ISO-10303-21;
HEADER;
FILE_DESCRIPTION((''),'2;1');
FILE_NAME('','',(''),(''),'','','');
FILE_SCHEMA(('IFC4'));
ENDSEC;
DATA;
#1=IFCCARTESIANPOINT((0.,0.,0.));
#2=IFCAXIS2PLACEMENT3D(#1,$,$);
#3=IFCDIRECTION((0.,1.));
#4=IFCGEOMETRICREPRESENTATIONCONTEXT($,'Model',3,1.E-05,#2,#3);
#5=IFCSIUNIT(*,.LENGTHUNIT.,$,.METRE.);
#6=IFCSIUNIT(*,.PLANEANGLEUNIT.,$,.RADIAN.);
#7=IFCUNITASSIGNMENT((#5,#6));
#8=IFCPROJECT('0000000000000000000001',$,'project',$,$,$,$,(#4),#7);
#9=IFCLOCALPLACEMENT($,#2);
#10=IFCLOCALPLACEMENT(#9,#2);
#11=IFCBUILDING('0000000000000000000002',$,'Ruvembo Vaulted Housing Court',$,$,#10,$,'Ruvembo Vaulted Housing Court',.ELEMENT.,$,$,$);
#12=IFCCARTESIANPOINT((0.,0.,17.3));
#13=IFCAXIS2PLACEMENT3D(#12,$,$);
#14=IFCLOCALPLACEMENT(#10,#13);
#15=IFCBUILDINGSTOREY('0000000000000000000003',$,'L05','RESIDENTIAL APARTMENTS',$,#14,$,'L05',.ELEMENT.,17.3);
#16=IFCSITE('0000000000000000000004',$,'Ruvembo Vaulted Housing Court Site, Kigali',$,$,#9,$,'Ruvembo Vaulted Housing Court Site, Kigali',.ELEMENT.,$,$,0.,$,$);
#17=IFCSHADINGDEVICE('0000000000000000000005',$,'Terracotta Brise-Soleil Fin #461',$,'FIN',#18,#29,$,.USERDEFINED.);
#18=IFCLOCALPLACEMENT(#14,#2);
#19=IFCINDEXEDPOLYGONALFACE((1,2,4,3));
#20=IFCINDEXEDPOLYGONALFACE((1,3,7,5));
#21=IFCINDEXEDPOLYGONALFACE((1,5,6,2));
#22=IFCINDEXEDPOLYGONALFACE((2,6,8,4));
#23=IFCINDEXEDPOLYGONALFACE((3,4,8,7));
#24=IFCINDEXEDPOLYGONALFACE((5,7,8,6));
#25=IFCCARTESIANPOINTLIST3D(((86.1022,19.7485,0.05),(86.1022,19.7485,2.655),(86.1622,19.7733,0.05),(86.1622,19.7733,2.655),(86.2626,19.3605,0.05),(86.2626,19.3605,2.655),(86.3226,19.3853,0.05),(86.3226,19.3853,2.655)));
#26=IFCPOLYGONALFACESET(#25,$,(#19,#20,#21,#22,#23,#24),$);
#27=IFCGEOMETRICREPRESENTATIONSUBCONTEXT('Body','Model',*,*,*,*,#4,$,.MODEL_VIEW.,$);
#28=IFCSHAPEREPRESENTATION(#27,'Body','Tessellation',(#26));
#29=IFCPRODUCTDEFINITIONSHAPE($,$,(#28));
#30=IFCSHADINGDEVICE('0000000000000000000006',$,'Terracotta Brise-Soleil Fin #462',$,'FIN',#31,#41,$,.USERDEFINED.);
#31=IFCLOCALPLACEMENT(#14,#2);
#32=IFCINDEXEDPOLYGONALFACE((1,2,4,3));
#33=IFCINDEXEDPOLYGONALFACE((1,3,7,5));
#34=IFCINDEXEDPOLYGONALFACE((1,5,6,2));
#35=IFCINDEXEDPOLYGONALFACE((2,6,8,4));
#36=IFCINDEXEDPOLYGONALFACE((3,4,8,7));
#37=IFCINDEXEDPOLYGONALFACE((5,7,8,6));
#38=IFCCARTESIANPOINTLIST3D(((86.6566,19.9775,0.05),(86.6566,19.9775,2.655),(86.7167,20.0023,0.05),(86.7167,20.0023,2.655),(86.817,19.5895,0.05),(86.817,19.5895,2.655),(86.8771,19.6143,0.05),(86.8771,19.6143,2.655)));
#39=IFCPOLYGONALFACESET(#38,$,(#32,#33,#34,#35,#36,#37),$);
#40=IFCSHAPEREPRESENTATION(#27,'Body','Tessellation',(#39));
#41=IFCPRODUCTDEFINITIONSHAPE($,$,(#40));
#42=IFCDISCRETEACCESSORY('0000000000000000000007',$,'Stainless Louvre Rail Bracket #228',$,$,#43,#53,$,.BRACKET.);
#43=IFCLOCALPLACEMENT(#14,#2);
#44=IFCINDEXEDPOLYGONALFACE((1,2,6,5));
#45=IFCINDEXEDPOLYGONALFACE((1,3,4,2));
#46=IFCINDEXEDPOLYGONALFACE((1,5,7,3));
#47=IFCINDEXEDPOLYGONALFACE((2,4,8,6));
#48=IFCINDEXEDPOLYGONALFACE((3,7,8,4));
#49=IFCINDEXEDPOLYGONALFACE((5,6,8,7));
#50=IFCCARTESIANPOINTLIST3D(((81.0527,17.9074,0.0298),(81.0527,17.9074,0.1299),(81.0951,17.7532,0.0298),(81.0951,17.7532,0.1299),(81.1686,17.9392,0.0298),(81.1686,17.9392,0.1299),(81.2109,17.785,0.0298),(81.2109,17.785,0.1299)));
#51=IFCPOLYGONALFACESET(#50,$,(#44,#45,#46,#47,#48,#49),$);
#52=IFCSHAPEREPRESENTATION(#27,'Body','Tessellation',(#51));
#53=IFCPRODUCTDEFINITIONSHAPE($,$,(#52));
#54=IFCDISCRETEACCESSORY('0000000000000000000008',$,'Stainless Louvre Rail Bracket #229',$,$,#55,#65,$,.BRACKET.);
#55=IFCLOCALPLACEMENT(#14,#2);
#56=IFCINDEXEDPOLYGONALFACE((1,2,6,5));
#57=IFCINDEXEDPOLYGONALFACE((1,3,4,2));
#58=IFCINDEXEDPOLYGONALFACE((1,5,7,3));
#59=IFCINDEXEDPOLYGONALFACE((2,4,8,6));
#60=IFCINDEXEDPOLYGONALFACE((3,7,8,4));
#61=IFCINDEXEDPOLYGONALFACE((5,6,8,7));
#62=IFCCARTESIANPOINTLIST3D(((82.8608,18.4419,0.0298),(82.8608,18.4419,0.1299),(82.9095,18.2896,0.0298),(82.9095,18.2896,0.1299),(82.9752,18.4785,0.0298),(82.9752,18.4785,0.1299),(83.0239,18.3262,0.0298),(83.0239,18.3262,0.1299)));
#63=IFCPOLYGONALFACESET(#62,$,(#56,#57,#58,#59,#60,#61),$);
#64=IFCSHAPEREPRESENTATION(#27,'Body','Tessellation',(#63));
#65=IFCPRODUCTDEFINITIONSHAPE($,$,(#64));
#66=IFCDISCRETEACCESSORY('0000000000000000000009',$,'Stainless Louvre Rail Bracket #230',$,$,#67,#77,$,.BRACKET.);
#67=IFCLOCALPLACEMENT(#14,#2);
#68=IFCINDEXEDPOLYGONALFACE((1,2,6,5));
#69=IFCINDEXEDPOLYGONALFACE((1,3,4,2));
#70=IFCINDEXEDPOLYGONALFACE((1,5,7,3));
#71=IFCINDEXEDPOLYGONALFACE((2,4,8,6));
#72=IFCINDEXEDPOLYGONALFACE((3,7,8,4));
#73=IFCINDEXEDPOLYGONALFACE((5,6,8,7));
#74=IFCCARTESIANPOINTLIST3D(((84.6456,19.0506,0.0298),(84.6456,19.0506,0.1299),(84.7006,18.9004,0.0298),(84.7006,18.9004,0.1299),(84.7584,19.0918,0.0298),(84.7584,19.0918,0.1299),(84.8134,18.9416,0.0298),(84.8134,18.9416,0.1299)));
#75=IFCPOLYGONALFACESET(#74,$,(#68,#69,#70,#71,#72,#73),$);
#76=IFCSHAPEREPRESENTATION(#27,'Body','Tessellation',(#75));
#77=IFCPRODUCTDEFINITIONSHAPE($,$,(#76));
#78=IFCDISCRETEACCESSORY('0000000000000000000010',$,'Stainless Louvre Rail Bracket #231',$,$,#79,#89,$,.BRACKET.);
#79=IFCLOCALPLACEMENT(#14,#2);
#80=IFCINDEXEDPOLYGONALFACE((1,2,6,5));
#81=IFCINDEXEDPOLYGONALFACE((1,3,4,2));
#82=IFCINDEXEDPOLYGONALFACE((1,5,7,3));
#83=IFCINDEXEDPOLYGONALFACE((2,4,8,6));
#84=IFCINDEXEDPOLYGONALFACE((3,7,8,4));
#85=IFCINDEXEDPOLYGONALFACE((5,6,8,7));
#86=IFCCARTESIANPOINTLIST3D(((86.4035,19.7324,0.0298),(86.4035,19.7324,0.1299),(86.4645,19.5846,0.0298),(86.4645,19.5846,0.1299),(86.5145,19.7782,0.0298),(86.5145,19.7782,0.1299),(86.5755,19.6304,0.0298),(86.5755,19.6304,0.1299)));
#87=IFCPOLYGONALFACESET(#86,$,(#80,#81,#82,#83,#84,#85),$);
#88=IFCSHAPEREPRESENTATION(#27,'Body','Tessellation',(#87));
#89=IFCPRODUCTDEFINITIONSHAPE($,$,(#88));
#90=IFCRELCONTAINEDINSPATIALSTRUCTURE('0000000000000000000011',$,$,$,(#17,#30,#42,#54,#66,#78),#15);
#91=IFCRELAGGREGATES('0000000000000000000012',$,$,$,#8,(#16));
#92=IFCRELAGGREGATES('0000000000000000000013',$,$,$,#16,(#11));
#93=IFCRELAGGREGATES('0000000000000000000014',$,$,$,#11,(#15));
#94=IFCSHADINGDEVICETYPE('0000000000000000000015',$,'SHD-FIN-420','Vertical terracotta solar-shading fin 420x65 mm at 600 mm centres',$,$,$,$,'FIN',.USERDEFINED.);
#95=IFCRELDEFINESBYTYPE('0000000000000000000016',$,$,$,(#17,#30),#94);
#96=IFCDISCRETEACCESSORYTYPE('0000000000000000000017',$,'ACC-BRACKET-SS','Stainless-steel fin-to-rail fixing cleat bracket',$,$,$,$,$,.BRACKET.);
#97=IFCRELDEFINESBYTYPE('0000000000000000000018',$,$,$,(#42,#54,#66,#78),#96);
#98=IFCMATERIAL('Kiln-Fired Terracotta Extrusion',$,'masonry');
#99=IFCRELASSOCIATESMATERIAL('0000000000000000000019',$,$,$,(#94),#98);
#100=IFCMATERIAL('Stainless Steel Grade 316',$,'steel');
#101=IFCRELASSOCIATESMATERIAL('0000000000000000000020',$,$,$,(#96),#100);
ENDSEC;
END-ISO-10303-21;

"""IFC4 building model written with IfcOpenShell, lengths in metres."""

from ifc_helpers import new_model, si_unit, direction, frame, origin, origin_2d, place, context, subcontext, project, spatial, rectangle, extrude, material, type_object, element, save


model = new_model("IFC4")

# Units and contexts
model_context = context("Model", 3, precision=1e-05, world=origin(), true_north=direction((0.0, 1.0)))
body_context = subcontext(model_context, "Body", "Model", "MODEL_VIEW")
ifc_project = project(units=[si_unit("LENGTHUNIT", "METRE"), si_unit("PLANEANGLEUNIT", "RADIAN")], contexts=[model_context])

# Site, building, storey
site_placement = place(None, origin())
site = spatial("IfcSite", under=ifc_project, at=site_placement, Name="Ruvembo Vaulted Housing Court Site, Kigali", LongName="Ruvembo Vaulted Housing Court Site, Kigali", CompositionType="ELEMENT", RefElevation=0.0)
building_placement = place(site_placement, origin())
building = spatial("IfcBuilding", under=site, at=building_placement, Name="Ruvembo Vaulted Housing Court", LongName="Ruvembo Vaulted Housing Court", CompositionType="ELEMENT")
storey_placement = place(building_placement, frame((0.0, 0.0, 17.3)))
storey = spatial("IfcBuildingStorey", under=building, at=storey_placement, Name="L05", Description="RESIDENTIAL APARTMENTS", LongName="L05", CompositionType="ELEMENT", Elevation=17.3)

# Shading devices
ifc_material_1 = material(Name="Kiln-Fired Terracotta Extrusion", Category="masonry")
shading_device_type = type_object("IfcShadingDeviceType", Name="SHD-FIN-420", Description="Vertical terracotta solar-shading fin 420x65 mm at 600 mm centres", ElementType="FIN", PredefinedType="USERDEFINED", material=ifc_material_1)
for number, where, z_axis, x_axis, name in (
    (1, (86.2124, 19.5669, 0.05), (0.0, 0.0, 1.0), (0.381958, -0.92418, 0.0), "Terracotta Brise-Soleil Fin #461"),
    (2, (86.7668, 19.7959, 0.05), (0.0, 0.0, 1.0), (0.381958, -0.92418, 0.0), "Terracotta Brise-Soleil Fin #462"),
):
    element("IfcShadingDevice", number, at=place(storey_placement, frame(where, z_axis=z_axis, x_axis=x_axis)), inside=storey, type_object=shading_device_type, Name=name, ObjectType="FIN", PredefinedType="USERDEFINED", context=body_context, shape_type="SweptSolid", body=[
        extrude(rectangle(XDim=0.4199, YDim=0.0649, at=origin_2d()), origin(), (0.0, 0.0, 1.0), 2.605),
    ])

# Discrete accessories
ifc_material_2 = material(Name="Stainless Steel Grade 316", Category="steel")
discrete_accessory_type = type_object("IfcDiscreteAccessoryType", Name="ACC-BRACKET-SS", Description="Stainless-steel fin-to-rail fixing cleat bracket", PredefinedType="BRACKET", material=ifc_material_2)
for number, where, z_axis, x_axis, name in (
    (3, (81.1318, 17.8462, 0.0298), (0.0, 0.0, 1.0), (0.264984, -0.964253, 0.0), "Stainless Louvre Rail Bracket #228"),
    (4, (82.9424, 18.384, 0.0298), (0.0, 0.0, 1.0), (0.304449, -0.952529, 0.0), "Stainless Louvre Rail Bracket #229"),
    (5, (84.7295, 18.9961, 0.0298), (0.0, 0.0, 1.0), (0.343512, -0.939148, 0.0), "Stainless Louvre Rail Bracket #230"),
    (6, (86.4895, 19.6814, 0.0298), (0.0, 0.0, 1.0), (0.381958, -0.92418, 0.0), "Stainless Louvre Rail Bracket #231"),
):
    element("IfcDiscreteAccessory", number, at=place(storey_placement, frame(where, z_axis=z_axis, x_axis=x_axis)), inside=storey, type_object=discrete_accessory_type, Name=name, PredefinedType="BRACKET", context=body_context, shape_type="SweptSolid", body=[
        extrude(rectangle(XDim=0.1599, YDim=0.1201, at=origin_2d()), origin(), (0.0, 0.0, 1.0), 0.1001),
    ])

save(model, "model.ifc")
